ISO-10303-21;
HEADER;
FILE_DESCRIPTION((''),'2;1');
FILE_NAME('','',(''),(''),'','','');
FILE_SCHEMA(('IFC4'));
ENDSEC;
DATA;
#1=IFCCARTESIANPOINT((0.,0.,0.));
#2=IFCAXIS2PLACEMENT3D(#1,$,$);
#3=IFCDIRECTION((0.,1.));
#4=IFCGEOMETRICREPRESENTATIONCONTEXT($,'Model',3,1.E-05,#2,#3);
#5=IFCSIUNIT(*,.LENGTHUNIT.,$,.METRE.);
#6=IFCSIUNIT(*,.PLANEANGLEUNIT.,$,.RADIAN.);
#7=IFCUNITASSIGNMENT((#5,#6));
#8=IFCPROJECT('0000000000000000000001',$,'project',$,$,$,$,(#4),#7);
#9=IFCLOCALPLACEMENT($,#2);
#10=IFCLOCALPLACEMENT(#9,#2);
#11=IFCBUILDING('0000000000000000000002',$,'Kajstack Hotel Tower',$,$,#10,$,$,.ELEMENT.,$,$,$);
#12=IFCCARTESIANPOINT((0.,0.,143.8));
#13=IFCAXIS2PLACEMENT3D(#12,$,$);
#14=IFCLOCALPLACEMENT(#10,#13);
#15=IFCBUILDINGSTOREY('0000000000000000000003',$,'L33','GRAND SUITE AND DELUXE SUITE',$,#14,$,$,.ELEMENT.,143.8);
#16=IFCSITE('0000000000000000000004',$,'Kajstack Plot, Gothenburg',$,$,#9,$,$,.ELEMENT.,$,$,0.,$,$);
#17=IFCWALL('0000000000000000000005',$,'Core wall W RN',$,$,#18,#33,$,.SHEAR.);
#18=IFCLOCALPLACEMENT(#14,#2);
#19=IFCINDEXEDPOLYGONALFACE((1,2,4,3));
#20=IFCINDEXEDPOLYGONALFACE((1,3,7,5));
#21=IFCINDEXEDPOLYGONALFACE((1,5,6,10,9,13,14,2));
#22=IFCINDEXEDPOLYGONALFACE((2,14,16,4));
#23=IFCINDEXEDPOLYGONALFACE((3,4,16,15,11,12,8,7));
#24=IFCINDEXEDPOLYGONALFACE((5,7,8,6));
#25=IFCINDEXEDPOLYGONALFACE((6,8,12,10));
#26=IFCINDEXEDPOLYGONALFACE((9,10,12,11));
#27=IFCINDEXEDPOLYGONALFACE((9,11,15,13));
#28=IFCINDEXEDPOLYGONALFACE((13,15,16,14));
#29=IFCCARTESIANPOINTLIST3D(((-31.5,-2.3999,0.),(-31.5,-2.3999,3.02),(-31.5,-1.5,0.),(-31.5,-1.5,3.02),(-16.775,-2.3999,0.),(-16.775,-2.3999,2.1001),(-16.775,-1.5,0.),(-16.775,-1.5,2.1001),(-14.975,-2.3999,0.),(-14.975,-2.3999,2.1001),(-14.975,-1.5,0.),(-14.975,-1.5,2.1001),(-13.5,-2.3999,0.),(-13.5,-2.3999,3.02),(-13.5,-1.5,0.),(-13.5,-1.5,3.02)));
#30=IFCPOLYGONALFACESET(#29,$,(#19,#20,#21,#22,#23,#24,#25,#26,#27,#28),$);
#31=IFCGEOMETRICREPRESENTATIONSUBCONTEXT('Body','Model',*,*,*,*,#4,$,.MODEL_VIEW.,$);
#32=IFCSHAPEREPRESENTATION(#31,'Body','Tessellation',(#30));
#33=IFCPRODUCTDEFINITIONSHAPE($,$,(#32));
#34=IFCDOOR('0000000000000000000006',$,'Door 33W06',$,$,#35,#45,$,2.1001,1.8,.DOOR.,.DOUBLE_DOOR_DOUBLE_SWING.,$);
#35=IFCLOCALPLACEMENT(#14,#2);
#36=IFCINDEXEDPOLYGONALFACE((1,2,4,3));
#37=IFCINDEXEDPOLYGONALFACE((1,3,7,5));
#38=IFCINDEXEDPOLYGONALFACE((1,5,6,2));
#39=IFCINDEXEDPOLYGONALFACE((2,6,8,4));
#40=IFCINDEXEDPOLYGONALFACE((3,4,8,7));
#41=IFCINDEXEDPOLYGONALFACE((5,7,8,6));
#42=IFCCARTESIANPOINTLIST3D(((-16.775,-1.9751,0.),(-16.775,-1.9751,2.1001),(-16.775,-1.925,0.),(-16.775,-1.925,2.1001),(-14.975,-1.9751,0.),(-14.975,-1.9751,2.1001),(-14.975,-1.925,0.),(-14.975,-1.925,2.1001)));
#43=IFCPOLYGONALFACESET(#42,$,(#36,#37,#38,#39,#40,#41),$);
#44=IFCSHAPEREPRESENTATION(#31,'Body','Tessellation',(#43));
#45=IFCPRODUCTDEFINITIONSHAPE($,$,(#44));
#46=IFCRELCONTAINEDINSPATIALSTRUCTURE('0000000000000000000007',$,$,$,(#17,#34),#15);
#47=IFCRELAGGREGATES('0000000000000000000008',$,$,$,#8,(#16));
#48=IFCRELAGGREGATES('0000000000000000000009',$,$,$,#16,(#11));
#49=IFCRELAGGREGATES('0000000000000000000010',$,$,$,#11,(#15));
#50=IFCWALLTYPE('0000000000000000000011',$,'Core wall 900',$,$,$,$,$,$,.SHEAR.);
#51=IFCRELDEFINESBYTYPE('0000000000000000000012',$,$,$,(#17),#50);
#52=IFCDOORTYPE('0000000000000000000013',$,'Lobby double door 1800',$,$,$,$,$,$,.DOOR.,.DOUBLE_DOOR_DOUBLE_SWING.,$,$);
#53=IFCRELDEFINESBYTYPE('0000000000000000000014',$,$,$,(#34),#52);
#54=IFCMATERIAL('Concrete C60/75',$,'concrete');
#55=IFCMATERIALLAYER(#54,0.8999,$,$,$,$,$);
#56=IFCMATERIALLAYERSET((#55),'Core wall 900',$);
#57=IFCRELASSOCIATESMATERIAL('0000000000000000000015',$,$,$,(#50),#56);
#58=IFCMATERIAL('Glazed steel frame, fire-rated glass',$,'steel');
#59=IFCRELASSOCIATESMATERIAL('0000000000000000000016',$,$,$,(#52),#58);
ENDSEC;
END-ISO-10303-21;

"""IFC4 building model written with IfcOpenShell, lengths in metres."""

from ifc_helpers import new_model, si_unit, direction, frame, frame_2d, origin, place, context, subcontext, project, spatial, rectangle, extrude, material, layer, layer_set, type_object, element, fill, save


model = new_model("IFC4")

# Units and contexts
model_context = context("Model", 3, precision=1e-05, world=origin(), true_north=direction((0.0, 1.0)))
body_context = subcontext(model_context, "Body", "Model", "MODEL_VIEW")
ifc_project = project(units=[si_unit("LENGTHUNIT", "METRE"), si_unit("PLANEANGLEUNIT", "RADIAN")], contexts=[model_context])

# Site, building, storey
site_placement = place(None, origin())
site = spatial("IfcSite", under=ifc_project, at=site_placement, Name="Kajstack Plot, Gothenburg", CompositionType="ELEMENT", RefElevation=0.0)
building_placement = place(site_placement, origin())
building = spatial("IfcBuilding", under=site, at=building_placement, Name="Kajstack Hotel Tower", CompositionType="ELEMENT")
storey_placement = place(building_placement, frame((0.0, 0.0, 143.8)))
storey = spatial("IfcBuildingStorey", under=building, at=storey_placement, Name="L33", Description="GRAND SUITE AND DELUXE SUITE", CompositionType="ELEMENT", Elevation=143.8)

# Wall, opening, door
ifc_material_1 = material(Name="Concrete C60/75", Category="concrete")
ifc_layer_1 = layer(ifc_material_1, 0.8999)
ifc_layer_set_1 = layer_set([ifc_layer_1], Name="Core wall 900")
wall_type_1 = type_object("IfcWallType", Name="Core wall 900", PredefinedType="SHEAR", material=ifc_layer_set_1)
wall_1_placement = place(storey_placement, frame((-31.5, -1.95, 0.0), z_axis=(0.0, 0.0, 1.0), x_axis=(1.0, 0.0, 0.0)))
wall_1 = element("IfcWall", 1, at=wall_1_placement, inside=storey, type_object=wall_type_1, Name="Core wall W RN", PredefinedType="SHEAR", context=body_context, shape_type="SweptSolid", body=[
    extrude(rectangle(XDim=18.0, YDim=0.8999, at=frame_2d((9.0, 0.0))), origin(), (0.0, 0.0, 1.0), 3.02),
])
opening_1_placement = place(wall_1_placement, frame((14.7251, 0.0, 0.0)))
opening_1 = element("IfcOpeningElement", 2, at=opening_1_placement, cuts=wall_1, PredefinedType="OPENING", context=body_context, shape_type="SweptSolid", body=[
    extrude(rectangle(XDim=1.8, YDim=2.1001, at=frame_2d((0.8999, 1.05))), frame((0.0, 0.46, 0.0), z_axis=(0.0, -1.0, 0.0), x_axis=(1.0, 0.0, 0.0)), (0.0, 0.0, 1.0), 0.9199),
])
ifc_material_2 = material(Name="Glazed steel frame, fire-rated glass", Category="steel")
door_type_1 = type_object("IfcDoorType", Name="Lobby double door 1800", OperationType="DOUBLE_DOOR_DOUBLE_SWING", PredefinedType="DOOR", material=ifc_material_2)
door_1_placement = place(opening_1_placement, origin())
door_1 = element("IfcDoor", 3, at=door_1_placement, inside=storey, type_object=door_type_1, Name="Door 33W06", OperationType="DOUBLE_DOOR_DOUBLE_SWING", OverallHeight=2.1001, OverallWidth=1.8, PredefinedType="DOOR", context=body_context, shape_type="SweptSolid", body=[
    extrude(rectangle(XDim=1.8, YDim=2.1001, at=frame_2d((0.8999, 1.05))), frame((0.0, 0.0249, 0.0), z_axis=(0.0, -1.0, 0.0), x_axis=(1.0, 0.0, 0.0)), (0.0, 0.0, 1.0), 0.05),
])
fill(opening_1, door_1)

save(model, "model.ifc")
